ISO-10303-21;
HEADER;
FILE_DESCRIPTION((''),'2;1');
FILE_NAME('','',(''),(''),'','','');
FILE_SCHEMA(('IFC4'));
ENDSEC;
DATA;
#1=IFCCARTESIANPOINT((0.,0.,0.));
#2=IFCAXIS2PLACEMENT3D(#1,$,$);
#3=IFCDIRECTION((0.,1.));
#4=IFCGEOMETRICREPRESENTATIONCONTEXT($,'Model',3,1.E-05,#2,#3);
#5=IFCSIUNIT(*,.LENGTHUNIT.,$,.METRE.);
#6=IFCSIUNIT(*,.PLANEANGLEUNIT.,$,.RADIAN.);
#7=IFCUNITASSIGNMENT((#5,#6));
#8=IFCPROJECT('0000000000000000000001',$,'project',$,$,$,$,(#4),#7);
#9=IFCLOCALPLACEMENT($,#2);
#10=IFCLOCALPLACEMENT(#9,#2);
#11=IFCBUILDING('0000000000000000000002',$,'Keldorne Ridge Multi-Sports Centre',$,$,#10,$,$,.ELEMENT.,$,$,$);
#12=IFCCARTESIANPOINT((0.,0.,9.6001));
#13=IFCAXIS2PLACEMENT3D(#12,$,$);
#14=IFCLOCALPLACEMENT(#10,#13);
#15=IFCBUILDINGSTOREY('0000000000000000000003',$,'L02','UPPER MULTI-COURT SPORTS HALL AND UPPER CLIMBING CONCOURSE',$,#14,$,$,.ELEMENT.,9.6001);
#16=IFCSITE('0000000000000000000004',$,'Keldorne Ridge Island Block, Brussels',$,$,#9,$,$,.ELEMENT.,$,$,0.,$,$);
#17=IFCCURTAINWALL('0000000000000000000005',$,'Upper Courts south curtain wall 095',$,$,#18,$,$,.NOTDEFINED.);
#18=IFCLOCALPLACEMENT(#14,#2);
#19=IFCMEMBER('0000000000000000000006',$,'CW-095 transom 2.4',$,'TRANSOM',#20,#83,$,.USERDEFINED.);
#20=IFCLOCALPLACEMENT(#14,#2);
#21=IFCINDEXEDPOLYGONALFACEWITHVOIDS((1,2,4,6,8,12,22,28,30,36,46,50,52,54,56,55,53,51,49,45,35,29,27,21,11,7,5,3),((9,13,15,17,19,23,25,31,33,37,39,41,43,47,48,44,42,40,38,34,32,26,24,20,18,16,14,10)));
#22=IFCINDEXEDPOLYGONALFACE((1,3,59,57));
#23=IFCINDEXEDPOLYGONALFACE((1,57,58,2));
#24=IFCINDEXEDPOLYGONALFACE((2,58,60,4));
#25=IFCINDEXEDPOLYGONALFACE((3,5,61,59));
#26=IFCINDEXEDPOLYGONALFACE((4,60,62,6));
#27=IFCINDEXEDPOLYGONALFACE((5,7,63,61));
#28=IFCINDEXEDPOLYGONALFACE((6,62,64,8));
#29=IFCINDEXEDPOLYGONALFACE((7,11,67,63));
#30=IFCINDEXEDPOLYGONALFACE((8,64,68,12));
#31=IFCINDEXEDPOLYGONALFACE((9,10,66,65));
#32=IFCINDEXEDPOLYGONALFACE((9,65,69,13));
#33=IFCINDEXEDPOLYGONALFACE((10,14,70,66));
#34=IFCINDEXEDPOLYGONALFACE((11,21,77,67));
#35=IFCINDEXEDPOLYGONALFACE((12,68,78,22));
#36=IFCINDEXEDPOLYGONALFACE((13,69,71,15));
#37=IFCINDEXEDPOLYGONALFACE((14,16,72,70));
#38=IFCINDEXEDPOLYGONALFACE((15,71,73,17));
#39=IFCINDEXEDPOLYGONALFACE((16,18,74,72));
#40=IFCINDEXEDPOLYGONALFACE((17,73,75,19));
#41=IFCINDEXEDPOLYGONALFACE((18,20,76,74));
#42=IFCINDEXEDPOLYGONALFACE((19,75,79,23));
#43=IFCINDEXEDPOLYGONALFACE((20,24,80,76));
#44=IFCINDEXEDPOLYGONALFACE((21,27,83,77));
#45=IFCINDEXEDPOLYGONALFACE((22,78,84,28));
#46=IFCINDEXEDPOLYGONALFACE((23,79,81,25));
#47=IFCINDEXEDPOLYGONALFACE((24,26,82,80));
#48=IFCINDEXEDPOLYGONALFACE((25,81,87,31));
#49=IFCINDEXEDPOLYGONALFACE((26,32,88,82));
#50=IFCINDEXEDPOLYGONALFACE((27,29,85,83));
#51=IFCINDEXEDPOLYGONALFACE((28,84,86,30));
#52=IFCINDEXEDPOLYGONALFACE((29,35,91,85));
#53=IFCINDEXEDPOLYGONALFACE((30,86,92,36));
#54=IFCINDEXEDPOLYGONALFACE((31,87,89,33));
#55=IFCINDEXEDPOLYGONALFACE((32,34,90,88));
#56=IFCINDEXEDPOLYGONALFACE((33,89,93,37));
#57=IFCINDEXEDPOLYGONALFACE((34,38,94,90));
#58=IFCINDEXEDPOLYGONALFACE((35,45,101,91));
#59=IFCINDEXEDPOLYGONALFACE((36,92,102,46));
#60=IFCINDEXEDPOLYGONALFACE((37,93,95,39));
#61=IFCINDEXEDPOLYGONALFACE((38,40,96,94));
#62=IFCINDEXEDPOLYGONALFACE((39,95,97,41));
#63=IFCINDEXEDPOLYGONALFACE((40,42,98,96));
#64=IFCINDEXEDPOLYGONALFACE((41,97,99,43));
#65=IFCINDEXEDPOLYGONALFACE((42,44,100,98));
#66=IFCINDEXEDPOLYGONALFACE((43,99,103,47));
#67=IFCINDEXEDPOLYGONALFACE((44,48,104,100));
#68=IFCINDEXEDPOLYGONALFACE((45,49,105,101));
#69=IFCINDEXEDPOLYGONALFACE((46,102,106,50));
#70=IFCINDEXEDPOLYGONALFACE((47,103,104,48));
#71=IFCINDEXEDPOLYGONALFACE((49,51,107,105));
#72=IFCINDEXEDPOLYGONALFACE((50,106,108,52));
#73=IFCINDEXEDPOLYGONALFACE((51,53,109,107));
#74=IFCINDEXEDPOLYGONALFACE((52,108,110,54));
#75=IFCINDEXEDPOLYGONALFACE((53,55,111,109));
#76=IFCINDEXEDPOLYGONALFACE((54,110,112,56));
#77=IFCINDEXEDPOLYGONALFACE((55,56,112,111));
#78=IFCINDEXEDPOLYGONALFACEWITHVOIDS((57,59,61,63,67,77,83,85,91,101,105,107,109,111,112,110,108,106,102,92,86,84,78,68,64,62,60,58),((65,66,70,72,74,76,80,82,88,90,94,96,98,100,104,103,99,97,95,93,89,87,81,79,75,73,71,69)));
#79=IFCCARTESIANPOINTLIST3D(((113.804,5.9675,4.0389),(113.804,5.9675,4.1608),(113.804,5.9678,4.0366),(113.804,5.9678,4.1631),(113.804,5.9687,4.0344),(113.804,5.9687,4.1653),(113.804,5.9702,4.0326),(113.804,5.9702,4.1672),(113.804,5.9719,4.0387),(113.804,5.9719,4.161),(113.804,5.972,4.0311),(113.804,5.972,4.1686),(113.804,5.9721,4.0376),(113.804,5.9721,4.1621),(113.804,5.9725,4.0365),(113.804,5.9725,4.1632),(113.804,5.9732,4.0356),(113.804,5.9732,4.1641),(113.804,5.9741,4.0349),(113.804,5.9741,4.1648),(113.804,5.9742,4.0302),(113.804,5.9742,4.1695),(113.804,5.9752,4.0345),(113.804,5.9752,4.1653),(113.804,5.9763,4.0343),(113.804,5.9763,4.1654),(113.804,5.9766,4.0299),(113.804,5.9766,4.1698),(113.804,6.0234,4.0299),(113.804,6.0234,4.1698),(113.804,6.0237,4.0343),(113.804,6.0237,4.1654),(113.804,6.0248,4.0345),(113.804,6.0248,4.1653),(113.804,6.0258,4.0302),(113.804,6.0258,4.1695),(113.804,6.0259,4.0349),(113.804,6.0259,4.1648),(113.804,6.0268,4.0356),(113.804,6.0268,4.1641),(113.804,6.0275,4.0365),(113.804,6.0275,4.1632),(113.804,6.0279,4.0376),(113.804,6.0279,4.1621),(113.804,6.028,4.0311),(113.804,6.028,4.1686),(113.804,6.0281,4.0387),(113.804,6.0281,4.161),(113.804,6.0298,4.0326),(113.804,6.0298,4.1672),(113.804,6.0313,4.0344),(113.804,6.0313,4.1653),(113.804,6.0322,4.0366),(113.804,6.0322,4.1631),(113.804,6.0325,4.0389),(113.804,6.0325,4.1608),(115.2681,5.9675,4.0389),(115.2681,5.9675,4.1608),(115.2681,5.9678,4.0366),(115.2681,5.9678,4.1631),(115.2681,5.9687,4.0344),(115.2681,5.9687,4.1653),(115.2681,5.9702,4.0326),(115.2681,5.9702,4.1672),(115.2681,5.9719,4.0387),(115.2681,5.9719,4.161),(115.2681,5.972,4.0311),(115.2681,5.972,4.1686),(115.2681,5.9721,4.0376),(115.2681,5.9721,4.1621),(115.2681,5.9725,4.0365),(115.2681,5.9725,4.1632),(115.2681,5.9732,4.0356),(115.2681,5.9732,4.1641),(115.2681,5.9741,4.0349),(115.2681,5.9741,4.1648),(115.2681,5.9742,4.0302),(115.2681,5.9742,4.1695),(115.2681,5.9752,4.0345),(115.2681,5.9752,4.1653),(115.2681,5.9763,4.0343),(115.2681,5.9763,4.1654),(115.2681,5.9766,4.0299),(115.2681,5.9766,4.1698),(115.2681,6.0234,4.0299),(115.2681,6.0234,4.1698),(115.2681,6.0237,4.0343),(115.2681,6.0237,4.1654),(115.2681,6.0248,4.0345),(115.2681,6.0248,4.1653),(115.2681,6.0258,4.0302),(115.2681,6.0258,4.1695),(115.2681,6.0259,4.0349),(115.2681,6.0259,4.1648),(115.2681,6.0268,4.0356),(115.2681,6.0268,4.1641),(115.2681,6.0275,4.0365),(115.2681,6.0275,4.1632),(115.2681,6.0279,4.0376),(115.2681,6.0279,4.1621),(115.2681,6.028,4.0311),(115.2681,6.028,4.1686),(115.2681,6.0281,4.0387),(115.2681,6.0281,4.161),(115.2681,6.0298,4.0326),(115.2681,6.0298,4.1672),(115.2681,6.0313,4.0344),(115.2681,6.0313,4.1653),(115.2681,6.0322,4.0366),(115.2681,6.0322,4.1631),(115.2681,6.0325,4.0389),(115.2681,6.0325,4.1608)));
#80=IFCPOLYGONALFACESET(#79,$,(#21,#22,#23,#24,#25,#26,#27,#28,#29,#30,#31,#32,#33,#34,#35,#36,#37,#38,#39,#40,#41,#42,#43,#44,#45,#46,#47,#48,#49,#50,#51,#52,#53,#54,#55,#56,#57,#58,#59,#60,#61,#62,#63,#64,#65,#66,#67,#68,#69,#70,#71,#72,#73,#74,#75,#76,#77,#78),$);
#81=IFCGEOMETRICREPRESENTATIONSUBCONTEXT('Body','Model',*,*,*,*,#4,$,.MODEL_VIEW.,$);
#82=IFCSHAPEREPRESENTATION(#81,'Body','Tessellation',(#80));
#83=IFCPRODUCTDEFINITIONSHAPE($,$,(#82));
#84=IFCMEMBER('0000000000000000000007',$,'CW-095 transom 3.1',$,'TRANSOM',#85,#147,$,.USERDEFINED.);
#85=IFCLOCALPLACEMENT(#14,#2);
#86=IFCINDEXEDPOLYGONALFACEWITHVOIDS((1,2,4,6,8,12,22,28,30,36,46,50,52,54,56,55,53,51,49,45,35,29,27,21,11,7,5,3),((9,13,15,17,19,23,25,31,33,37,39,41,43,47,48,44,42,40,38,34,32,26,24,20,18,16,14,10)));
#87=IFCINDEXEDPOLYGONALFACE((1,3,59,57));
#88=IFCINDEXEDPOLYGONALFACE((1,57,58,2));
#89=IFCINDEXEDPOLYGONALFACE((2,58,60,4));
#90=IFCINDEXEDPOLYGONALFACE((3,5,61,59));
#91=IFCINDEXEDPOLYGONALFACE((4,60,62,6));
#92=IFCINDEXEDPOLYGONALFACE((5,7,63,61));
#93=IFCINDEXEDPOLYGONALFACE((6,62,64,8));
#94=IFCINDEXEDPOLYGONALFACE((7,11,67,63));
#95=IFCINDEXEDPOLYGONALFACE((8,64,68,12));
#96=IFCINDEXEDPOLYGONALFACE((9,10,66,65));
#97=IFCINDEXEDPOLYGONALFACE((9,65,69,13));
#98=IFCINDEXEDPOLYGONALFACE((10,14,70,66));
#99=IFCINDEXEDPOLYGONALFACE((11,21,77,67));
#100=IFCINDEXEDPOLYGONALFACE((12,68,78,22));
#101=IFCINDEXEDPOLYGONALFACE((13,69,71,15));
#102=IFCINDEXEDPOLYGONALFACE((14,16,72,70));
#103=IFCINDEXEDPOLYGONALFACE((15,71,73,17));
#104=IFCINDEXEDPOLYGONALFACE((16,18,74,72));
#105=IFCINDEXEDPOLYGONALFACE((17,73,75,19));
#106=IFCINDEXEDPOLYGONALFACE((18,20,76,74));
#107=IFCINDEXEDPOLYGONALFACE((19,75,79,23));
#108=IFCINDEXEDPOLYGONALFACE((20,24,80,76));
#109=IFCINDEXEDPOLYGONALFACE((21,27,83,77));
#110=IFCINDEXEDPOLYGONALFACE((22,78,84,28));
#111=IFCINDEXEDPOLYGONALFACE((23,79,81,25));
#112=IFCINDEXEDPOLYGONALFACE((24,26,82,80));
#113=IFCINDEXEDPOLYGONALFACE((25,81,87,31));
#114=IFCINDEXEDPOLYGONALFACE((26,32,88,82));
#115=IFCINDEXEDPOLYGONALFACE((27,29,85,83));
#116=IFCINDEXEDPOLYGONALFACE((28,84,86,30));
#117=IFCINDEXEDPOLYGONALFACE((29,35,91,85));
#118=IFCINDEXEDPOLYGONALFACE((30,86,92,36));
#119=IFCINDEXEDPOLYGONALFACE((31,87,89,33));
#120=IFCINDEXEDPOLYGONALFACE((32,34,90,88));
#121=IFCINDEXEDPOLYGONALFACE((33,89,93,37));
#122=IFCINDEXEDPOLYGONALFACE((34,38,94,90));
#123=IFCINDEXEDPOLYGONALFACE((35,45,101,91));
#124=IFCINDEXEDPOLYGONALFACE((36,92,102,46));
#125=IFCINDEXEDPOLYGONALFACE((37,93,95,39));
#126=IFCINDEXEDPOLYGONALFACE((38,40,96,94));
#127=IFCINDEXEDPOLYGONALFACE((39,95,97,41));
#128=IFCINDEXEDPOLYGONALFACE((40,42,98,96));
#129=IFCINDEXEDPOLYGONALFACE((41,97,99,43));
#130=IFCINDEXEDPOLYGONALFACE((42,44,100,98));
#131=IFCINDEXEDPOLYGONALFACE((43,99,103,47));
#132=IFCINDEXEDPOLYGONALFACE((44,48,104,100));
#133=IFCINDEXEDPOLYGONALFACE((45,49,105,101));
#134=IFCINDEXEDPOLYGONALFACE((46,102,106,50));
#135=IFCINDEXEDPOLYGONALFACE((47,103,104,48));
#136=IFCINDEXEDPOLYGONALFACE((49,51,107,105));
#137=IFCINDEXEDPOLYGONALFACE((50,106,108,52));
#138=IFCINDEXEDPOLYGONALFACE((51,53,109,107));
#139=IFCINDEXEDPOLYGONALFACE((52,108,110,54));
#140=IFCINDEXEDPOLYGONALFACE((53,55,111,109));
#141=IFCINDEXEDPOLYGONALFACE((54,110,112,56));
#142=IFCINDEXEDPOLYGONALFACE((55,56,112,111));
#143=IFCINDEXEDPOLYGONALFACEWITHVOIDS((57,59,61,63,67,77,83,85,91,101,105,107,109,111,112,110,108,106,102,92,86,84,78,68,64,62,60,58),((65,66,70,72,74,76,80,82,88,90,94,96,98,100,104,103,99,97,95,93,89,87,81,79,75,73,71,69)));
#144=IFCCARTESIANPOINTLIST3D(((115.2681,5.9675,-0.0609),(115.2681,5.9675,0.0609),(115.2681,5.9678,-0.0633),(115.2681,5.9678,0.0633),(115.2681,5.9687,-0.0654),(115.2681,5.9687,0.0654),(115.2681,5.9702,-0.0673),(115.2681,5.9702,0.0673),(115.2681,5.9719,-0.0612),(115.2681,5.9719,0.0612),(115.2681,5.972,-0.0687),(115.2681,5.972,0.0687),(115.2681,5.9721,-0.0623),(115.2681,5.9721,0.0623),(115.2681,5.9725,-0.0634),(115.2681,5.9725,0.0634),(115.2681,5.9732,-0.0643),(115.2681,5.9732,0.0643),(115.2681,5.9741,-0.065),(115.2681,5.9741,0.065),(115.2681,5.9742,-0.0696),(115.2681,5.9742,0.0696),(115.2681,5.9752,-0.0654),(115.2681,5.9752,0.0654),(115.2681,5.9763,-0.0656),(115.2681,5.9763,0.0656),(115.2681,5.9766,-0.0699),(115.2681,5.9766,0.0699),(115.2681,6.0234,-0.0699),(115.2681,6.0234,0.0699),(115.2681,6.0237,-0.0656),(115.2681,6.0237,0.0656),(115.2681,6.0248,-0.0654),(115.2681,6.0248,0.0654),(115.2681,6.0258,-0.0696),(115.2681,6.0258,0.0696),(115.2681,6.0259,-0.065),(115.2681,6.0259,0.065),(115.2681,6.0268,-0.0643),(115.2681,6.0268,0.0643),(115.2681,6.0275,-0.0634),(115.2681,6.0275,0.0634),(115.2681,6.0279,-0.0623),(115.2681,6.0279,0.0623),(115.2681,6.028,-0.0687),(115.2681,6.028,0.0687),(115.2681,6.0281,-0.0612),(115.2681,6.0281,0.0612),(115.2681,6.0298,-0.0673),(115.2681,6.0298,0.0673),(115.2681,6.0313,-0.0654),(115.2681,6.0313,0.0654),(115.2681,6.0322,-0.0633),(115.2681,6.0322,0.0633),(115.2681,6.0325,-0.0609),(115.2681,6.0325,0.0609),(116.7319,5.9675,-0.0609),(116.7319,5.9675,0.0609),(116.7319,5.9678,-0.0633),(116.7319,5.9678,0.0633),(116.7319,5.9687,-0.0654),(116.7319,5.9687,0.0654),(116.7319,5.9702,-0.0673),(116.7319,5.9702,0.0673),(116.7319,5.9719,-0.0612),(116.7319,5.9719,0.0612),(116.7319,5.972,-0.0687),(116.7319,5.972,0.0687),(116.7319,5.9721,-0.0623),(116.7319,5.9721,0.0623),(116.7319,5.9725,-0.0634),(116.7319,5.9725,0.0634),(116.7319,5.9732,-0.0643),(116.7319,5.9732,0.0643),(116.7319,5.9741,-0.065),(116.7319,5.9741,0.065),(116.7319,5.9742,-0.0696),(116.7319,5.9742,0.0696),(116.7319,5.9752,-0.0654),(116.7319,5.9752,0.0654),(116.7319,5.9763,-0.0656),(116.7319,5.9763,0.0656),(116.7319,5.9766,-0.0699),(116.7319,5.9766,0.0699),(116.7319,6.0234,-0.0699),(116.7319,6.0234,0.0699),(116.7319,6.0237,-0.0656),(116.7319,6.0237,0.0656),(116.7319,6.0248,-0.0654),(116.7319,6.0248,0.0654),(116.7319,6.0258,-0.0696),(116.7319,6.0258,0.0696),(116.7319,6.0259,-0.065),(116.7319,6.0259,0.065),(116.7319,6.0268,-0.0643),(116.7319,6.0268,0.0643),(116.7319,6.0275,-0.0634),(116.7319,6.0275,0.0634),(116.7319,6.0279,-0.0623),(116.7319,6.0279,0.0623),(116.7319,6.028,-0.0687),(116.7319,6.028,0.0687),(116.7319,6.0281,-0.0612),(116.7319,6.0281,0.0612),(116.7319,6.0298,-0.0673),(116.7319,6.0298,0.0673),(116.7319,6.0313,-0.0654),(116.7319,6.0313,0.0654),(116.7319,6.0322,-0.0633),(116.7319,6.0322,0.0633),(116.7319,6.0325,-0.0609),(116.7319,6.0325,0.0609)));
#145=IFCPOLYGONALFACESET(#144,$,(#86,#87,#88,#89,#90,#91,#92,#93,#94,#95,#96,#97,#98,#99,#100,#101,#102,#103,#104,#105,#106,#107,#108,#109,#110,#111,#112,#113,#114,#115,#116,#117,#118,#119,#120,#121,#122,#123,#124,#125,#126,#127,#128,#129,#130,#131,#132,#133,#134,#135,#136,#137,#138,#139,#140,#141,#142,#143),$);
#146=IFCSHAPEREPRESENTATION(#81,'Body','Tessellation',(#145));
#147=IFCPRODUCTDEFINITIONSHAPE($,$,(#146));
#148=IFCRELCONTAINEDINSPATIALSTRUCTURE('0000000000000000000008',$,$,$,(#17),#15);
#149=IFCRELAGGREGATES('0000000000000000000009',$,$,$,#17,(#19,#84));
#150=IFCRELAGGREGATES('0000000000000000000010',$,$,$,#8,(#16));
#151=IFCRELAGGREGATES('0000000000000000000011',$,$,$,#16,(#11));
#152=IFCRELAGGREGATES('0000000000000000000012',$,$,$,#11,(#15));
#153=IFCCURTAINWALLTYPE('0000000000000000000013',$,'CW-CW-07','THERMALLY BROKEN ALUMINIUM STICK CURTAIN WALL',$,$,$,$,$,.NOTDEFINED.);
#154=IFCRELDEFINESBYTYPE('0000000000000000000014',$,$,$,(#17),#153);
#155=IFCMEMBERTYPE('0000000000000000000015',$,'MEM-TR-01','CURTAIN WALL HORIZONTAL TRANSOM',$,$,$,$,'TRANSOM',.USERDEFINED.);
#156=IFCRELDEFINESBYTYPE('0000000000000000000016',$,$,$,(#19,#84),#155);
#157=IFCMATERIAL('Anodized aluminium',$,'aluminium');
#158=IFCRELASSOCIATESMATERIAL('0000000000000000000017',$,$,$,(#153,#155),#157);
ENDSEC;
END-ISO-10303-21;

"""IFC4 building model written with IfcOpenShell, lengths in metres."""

from ifc_helpers import new_model, si_unit, direction, frame, origin, origin_2d, place, context, subcontext, project, spatial, hollow_rectangle, extrude, material, material_profile, profile_set, type_object, element, aggregate, save


model = new_model("IFC4")

# Units and contexts
model_context = context("Model", 3, precision=1e-05, world=origin(), true_north=direction((0.0, 1.0)))
body_context = subcontext(model_context, "Body", "Model", "MODEL_VIEW")
ifc_project = project(units=[si_unit("LENGTHUNIT", "METRE"), si_unit("PLANEANGLEUNIT", "RADIAN")], contexts=[model_context])

# Site, building, storey
site_placement = place(None, origin())
site = spatial("IfcSite", under=ifc_project, at=site_placement, Name="Keldorne Ridge Island Block, Brussels", CompositionType="ELEMENT", RefElevation=0.0)
building_placement = place(site_placement, origin())
building = spatial("IfcBuilding", under=site, at=building_placement, Name="Keldorne Ridge Multi-Sports Centre", CompositionType="ELEMENT")
storey_placement = place(building_placement, frame((0.0, 0.0, 9.6001)))
storey = spatial("IfcBuildingStorey", under=building, at=storey_placement, Name="L02", Description="UPPER MULTI-COURT SPORTS HALL AND UPPER CLIMBING CONCOURSE", CompositionType="ELEMENT", Elevation=9.6001)

# Curtain wall, members
ifc_material_1 = material(Name="Anodized aluminium", Category="aluminium")
curtain_wall_type = type_object("IfcCurtainWallType", Name="CW-CW-07", Description="THERMALLY BROKEN ALUMINIUM STICK CURTAIN WALL", PredefinedType="NOTDEFINED", material=ifc_material_1)
curtain_wall_placement = place(storey_placement, origin())
curtain_wall = element("IfcCurtainWall", 1, at=curtain_wall_placement, inside=storey, type_object=curtain_wall_type, Name="Upper Courts south curtain wall 095", PredefinedType="NOTDEFINED")
ifc_material_profile_1 = material_profile(ifc_material_1, hollow_rectangle(XDim=0.0649, YDim=0.1399, WallThickness=0.0044, InnerFilletRadius=0.0044, OuterFilletRadius=0.009, at=origin_2d()), Name="ALU TRANSOM 140x65x4.5")
ifc_profile_set_1 = profile_set([ifc_material_profile_1], Name="Anodized aluminium")
member_type_1 = type_object("IfcMemberType", Name="MEM-TR-01", Description="CURTAIN WALL HORIZONTAL TRANSOM", ElementType="TRANSOM", PredefinedType="USERDEFINED", material=ifc_profile_set_1)
member_1_placement = place(storey_placement, frame((113.804, 6.0, 4.0999), z_axis=(1.0, 0.0, 0.0), x_axis=(0.0, 1.0, 0.0)))
member_1 = element("IfcMember", 2, at=member_1_placement, type_object=member_type_1, Name="CW-095 transom 2.4", ObjectType="TRANSOM", PredefinedType="USERDEFINED", context=body_context, shape_type="SweptSolid", body=[
    extrude(hollow_rectangle(XDim=0.0649, YDim=0.1399, WallThickness=0.0044, InnerFilletRadius=0.0044, OuterFilletRadius=0.009, at=origin_2d()), origin(), (0.0, 0.0, 1.0), 1.4641),
])
member_2_placement = place(storey_placement, frame((115.2681, 6.0, 0.0), z_axis=(1.0, 0.0, 0.0), x_axis=(0.0, 1.0, 0.0)))
member_2 = element("IfcMember", 3, at=member_2_placement, type_object=member_type_1, Name="CW-095 transom 3.1", ObjectType="TRANSOM", PredefinedType="USERDEFINED", context=body_context, shape_type="SweptSolid", body=[
    extrude(hollow_rectangle(XDim=0.0649, YDim=0.1399, WallThickness=0.0044, InnerFilletRadius=0.0044, OuterFilletRadius=0.009, at=origin_2d()), origin(), (0.0, 0.0, 1.0), 1.4639),
])
aggregate(curtain_wall, [member_1, member_2])

save(model, "model.ifc")
